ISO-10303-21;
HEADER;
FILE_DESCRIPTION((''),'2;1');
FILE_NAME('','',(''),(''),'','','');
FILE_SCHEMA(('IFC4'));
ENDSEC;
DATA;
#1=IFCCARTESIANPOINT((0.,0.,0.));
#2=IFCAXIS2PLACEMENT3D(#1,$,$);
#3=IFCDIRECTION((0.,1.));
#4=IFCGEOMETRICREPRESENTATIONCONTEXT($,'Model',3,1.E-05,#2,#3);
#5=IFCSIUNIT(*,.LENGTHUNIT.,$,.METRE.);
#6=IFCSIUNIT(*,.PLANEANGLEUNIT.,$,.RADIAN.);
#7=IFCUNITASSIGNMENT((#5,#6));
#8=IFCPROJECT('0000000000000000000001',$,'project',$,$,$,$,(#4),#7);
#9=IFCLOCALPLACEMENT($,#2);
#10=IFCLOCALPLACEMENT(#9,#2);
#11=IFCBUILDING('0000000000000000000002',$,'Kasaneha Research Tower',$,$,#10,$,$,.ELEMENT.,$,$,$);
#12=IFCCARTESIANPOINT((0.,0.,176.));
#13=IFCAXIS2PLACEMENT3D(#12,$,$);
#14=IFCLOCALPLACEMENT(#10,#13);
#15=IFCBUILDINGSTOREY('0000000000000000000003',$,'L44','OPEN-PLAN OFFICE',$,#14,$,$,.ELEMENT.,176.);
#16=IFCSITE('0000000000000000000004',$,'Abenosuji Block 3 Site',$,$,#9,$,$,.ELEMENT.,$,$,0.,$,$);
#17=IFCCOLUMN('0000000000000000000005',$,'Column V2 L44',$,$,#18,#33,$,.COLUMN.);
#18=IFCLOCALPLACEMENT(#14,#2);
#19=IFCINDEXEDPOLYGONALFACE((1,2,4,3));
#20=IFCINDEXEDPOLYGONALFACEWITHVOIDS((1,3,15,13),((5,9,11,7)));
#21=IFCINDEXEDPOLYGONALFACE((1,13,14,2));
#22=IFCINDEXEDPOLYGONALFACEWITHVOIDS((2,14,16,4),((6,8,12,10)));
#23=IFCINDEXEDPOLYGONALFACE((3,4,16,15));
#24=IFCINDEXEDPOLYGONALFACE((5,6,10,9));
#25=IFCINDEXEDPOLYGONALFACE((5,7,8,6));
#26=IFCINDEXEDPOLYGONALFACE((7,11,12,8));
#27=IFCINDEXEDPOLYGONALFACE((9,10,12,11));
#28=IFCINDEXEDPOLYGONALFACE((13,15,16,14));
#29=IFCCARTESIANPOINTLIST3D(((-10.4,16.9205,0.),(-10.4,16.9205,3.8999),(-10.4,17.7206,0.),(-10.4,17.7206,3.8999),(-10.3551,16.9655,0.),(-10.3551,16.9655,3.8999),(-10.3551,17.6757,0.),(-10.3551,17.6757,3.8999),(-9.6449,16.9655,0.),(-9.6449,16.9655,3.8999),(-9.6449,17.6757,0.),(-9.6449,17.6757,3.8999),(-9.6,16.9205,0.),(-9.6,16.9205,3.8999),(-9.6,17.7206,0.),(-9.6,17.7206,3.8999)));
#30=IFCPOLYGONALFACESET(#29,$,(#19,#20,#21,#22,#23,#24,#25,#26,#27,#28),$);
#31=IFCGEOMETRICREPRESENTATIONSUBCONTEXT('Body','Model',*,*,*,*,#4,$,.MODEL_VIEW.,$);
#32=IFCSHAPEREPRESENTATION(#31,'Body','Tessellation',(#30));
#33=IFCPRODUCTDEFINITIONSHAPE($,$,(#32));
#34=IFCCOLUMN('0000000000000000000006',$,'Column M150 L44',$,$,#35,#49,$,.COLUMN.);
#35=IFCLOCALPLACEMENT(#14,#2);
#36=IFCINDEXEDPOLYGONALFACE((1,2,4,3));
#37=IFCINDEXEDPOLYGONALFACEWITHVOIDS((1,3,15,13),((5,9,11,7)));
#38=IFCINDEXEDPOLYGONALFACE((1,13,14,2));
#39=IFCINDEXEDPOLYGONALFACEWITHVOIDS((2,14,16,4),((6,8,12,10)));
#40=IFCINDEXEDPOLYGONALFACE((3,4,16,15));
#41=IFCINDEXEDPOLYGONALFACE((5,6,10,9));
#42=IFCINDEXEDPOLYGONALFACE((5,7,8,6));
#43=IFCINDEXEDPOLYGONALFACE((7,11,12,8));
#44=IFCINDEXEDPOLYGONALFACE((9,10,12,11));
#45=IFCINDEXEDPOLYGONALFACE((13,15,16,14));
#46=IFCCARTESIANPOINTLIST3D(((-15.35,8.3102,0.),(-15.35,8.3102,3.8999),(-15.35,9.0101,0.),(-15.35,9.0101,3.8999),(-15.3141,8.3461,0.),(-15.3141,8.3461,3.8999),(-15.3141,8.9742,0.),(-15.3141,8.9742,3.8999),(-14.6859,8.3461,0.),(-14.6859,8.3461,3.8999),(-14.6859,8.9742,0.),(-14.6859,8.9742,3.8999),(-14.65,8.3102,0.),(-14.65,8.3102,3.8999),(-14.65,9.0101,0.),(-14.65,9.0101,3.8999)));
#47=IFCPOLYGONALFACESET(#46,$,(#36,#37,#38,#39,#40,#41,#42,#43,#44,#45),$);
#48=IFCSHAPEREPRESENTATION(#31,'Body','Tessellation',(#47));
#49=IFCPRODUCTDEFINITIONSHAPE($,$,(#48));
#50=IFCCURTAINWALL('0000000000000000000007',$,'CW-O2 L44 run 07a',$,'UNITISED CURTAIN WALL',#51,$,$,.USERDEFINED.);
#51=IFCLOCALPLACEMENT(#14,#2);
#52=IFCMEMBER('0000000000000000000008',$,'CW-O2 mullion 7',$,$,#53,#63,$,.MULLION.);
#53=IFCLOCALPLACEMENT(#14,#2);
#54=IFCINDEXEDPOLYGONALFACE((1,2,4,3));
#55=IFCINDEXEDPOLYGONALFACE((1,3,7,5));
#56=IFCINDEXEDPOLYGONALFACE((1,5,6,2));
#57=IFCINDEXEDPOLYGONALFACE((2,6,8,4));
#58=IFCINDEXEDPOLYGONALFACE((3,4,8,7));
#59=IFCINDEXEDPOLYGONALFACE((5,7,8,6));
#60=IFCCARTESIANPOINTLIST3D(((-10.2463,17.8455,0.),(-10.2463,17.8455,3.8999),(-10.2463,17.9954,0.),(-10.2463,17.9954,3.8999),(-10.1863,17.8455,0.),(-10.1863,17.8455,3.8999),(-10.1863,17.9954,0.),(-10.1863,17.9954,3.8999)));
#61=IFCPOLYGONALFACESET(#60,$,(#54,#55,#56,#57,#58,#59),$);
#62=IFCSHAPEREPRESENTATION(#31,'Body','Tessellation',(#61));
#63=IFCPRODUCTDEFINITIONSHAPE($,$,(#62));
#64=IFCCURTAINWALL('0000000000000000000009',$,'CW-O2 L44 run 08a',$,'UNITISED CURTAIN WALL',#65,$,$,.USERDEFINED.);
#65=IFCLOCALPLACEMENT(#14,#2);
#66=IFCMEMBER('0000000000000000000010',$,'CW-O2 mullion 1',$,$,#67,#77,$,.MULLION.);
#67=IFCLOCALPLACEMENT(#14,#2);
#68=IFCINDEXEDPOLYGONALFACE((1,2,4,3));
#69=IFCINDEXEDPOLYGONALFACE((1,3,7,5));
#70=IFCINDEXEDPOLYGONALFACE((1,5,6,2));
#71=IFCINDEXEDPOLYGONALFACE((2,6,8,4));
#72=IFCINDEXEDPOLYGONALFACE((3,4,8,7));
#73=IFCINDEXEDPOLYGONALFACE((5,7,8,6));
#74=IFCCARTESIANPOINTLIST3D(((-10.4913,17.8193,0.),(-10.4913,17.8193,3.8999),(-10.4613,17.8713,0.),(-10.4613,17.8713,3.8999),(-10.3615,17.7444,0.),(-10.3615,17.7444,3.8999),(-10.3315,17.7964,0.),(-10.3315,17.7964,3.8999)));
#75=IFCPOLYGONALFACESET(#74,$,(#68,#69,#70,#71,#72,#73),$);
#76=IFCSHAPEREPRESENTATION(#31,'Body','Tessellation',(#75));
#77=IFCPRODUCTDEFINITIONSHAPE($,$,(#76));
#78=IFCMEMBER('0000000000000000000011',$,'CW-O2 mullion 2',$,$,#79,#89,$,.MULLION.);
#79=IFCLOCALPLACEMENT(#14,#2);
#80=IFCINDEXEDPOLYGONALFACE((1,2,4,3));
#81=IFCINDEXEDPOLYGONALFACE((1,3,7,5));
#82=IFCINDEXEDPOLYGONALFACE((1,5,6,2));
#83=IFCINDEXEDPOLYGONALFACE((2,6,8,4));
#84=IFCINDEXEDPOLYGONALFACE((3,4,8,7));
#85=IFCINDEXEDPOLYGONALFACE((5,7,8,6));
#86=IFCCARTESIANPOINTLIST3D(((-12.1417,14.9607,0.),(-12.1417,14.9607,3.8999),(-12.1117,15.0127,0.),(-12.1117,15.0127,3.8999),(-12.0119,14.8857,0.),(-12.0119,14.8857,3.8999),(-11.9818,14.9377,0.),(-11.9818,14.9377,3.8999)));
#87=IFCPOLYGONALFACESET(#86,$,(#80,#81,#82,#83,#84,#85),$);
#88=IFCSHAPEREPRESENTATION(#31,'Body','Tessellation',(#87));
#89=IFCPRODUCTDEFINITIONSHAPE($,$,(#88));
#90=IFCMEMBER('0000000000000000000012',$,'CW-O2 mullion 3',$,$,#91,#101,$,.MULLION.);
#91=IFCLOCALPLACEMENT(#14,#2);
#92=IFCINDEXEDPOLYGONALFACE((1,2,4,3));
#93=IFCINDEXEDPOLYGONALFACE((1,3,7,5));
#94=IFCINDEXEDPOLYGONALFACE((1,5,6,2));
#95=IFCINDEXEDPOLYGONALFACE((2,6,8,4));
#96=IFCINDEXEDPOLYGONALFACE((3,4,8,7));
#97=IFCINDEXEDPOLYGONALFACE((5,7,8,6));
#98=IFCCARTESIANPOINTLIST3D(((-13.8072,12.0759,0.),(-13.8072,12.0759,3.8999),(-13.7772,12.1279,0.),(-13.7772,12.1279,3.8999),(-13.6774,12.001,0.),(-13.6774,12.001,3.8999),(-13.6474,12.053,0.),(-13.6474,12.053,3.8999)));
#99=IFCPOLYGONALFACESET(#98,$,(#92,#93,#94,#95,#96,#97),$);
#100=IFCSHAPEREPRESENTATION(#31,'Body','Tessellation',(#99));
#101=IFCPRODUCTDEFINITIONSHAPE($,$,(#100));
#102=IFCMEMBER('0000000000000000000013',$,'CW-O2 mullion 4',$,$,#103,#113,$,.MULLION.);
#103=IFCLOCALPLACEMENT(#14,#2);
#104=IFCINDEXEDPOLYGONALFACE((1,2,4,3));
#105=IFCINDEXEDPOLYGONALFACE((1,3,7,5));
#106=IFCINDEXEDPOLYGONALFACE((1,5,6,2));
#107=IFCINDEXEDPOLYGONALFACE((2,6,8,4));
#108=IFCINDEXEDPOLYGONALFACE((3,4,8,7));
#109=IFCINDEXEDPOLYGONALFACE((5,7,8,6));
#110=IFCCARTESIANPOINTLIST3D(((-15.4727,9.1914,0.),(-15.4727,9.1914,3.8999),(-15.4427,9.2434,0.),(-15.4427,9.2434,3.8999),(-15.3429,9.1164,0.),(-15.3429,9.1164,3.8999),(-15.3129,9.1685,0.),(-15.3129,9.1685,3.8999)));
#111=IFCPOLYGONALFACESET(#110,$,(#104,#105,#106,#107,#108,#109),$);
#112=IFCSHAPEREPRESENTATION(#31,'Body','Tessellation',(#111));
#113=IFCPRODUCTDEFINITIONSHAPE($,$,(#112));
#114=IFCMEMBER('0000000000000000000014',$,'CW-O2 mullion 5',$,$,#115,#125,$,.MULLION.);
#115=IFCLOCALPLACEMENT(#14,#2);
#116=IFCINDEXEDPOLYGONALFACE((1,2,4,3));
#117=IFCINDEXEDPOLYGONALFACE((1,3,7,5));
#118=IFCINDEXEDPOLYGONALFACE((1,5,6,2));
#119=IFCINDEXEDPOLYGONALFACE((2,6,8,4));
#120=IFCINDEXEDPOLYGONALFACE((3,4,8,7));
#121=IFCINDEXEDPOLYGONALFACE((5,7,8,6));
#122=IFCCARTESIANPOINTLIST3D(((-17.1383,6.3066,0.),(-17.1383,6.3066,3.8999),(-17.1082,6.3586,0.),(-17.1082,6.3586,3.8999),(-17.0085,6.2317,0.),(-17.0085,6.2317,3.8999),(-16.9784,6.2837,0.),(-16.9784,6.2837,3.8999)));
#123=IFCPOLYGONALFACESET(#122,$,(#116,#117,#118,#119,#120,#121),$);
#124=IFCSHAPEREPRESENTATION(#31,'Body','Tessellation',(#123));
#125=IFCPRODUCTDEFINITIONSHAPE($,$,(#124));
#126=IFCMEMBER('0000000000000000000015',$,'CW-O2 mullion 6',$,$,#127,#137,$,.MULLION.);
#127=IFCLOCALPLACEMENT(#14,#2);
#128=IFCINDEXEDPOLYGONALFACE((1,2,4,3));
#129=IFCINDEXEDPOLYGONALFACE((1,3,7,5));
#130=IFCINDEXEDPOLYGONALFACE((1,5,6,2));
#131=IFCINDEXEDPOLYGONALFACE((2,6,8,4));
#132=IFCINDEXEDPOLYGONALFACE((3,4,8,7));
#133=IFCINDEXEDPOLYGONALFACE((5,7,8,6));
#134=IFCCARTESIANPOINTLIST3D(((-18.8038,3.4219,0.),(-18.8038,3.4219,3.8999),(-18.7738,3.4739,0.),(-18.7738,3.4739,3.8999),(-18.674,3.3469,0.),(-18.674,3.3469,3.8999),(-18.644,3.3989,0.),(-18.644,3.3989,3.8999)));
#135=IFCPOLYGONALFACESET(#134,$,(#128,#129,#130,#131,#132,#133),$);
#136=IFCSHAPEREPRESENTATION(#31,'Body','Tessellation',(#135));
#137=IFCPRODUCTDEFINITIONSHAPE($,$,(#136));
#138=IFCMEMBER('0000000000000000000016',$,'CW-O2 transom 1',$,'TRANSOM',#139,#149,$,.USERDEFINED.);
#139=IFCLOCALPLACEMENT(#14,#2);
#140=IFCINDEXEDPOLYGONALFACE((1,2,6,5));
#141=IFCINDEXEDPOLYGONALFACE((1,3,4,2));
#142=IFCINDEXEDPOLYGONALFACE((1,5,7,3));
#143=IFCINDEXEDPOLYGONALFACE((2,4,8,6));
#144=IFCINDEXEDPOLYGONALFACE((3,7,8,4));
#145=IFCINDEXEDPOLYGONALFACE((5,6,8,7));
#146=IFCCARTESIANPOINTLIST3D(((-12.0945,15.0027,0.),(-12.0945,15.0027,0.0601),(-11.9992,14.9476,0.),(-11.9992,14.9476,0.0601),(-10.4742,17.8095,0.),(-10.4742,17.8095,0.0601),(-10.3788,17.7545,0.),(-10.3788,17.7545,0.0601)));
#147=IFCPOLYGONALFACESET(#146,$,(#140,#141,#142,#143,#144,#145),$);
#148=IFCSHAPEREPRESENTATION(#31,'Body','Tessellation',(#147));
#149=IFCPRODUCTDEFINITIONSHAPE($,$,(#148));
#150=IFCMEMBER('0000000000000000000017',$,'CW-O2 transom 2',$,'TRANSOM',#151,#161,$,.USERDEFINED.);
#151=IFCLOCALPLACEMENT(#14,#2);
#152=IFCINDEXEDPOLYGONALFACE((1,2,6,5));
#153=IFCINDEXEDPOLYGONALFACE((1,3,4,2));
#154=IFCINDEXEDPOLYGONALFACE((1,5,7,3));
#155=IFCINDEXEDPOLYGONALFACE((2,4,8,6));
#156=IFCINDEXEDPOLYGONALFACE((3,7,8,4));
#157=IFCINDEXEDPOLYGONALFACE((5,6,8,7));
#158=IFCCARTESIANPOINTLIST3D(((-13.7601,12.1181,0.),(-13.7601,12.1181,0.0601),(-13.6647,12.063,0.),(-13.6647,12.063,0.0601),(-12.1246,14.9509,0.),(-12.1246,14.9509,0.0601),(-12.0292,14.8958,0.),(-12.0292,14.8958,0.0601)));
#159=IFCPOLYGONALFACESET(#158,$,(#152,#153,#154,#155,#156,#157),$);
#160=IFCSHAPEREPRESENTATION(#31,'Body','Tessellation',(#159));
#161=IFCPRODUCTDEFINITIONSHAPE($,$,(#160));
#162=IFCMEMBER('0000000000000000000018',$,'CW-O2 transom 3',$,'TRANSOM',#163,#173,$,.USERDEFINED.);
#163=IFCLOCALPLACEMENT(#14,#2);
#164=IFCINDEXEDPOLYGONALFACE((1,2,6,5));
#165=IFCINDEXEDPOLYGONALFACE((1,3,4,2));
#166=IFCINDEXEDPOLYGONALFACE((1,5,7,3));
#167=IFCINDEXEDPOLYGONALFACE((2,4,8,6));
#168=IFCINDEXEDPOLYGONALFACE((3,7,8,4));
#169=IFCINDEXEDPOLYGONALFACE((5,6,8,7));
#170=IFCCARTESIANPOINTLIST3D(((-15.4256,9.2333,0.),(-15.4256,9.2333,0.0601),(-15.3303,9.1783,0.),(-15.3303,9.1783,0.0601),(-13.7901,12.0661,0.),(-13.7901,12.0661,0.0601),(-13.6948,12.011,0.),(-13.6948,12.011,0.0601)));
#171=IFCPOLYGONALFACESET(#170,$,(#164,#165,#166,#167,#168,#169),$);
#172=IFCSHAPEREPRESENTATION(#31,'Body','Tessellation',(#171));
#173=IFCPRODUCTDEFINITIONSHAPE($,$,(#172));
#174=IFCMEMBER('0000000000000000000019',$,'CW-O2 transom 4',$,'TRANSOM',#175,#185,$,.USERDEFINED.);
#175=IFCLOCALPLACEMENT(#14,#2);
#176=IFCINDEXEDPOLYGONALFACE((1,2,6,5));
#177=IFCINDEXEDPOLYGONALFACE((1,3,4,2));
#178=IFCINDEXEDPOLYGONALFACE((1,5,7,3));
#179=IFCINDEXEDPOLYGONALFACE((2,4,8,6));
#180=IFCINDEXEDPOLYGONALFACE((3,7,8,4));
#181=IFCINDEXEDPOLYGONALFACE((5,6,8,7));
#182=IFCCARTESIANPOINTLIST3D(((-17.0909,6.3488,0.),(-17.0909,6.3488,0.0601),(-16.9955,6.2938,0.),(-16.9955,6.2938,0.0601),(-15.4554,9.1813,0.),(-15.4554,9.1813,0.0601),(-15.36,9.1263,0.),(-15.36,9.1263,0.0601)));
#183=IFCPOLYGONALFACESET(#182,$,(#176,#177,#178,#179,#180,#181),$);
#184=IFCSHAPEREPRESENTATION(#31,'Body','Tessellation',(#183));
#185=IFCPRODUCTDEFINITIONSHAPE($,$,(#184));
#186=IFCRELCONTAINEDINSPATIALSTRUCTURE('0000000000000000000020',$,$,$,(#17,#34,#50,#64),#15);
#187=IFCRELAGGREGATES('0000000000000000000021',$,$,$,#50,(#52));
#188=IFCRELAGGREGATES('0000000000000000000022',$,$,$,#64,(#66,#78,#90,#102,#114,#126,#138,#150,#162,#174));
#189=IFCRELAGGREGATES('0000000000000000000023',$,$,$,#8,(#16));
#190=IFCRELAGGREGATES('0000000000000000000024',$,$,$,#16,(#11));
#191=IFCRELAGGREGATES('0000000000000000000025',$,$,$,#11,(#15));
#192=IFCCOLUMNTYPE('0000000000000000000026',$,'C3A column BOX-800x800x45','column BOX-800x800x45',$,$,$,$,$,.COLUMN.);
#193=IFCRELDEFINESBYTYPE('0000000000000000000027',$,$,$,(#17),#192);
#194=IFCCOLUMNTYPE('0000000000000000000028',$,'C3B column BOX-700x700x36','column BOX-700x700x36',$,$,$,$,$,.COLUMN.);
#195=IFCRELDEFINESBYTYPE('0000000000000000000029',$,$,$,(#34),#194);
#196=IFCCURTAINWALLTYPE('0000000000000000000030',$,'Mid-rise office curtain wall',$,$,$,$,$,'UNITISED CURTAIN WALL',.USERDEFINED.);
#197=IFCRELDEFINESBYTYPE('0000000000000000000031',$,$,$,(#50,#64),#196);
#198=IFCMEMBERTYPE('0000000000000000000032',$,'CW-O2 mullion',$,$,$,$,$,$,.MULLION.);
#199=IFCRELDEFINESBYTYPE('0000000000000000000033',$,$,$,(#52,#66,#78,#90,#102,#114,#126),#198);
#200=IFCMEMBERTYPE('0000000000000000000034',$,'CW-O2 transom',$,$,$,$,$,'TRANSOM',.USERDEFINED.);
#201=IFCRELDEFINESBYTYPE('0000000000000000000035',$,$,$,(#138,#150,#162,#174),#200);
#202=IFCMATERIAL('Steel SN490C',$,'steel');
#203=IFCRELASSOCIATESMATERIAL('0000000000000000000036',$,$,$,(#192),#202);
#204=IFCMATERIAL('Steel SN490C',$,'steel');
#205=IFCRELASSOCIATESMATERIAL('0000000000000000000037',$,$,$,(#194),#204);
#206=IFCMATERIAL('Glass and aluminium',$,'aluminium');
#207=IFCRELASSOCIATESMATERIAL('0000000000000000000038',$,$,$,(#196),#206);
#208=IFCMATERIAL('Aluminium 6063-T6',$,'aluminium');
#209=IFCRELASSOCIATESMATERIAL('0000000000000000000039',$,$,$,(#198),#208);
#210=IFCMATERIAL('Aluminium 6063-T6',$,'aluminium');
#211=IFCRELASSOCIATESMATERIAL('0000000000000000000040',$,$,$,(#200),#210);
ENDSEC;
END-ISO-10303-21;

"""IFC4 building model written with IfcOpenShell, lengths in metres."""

from ifc_helpers import new_model, si_unit, direction, frame, origin, origin_2d, place, context, subcontext, project, spatial, rectangle, hollow_rectangle, extrude, material, material_profile, profile_set, type_object, element, aggregate, save


model = new_model("IFC4")

# Units and contexts
model_context = context("Model", 3, precision=1e-05, world=origin(), true_north=direction((0.0, 1.0)))
body_context = subcontext(model_context, "Body", "Model", "MODEL_VIEW")
ifc_project = project(units=[si_unit("LENGTHUNIT", "METRE"), si_unit("PLANEANGLEUNIT", "RADIAN")], contexts=[model_context])

# Site, building, storey
site_placement = place(None, origin())
site = spatial("IfcSite", under=ifc_project, at=site_placement, Name="Abenosuji Block 3 Site", CompositionType="ELEMENT", RefElevation=0.0)
building_placement = place(site_placement, origin())
building = spatial("IfcBuilding", under=site, at=building_placement, Name="Kasaneha Research Tower", CompositionType="ELEMENT")
storey_placement = place(building_placement, frame((0.0, 0.0, 176.0)))
storey = spatial("IfcBuildingStorey", under=building, at=storey_placement, Name="L44", Description="OPEN-PLAN OFFICE", CompositionType="ELEMENT", Elevation=176.0)

# Columns
ifc_material_1 = material(Name="Steel SN490C", Category="steel")
ifc_material_profile_1 = material_profile(ifc_material_1, hollow_rectangle(XDim=0.8, YDim=0.8, WallThickness=0.0449, at=origin_2d()), Name="BOX-800x800x45")
ifc_profile_set_1 = profile_set([ifc_material_profile_1], Name="Steel SN490C")
column_type_1 = type_object("IfcColumnType", Name="C3A column BOX-800x800x45", Description="column BOX-800x800x45", PredefinedType="COLUMN", material=ifc_profile_set_1)
column_1_placement = place(storey_placement, frame((-10.0, 17.3206, 0.0), z_axis=(0.0, 0.0, 1.0), x_axis=(1.0, 0.0, 0.0)))
element("IfcColumn", 1, at=column_1_placement, inside=storey, type_object=column_type_1, Name="Column V2 L44", PredefinedType="COLUMN", context=body_context, shape_type="SweptSolid", body=[
    extrude(hollow_rectangle(XDim=0.8, YDim=0.8, WallThickness=0.0449, at=origin_2d()), origin(), (0.0, 0.0, 1.0), 3.8999),
])
ifc_material_2 = material(Name="Steel SN490C", Category="steel")
ifc_material_profile_2 = material_profile(ifc_material_2, hollow_rectangle(XDim=0.7, YDim=0.7, WallThickness=0.0359, at=origin_2d()), Name="BOX-700x700x36")
ifc_profile_set_2 = profile_set([ifc_material_profile_2], Name="Steel SN490C")
column_type_2 = type_object("IfcColumnType", Name="C3B column BOX-700x700x36", Description="column BOX-700x700x36", PredefinedType="COLUMN", material=ifc_profile_set_2)
column_2_placement = place(storey_placement, frame((-15.0, 8.6602, 0.0), z_axis=(0.0, 0.0, 1.0), x_axis=(1.0, 0.0, 0.0)))
element("IfcColumn", 2, at=column_2_placement, inside=storey, type_object=column_type_2, Name="Column M150 L44", PredefinedType="COLUMN", context=body_context, shape_type="SweptSolid", body=[
    extrude(hollow_rectangle(XDim=0.7, YDim=0.7, WallThickness=0.0359, at=origin_2d()), origin(), (0.0, 0.0, 1.0), 3.8999),
])

# Curtain wall, member
ifc_material_3 = material(Name="Glass and aluminium", Category="aluminium")
curtain_wall_type = type_object("IfcCurtainWallType", Name="Mid-rise office curtain wall", ElementType="UNITISED CURTAIN WALL", PredefinedType="USERDEFINED", material=ifc_material_3)
curtain_wall_1_placement = place(storey_placement, origin())
curtain_wall_1 = element("IfcCurtainWall", 3, at=curtain_wall_1_placement, inside=storey, type_object=curtain_wall_type, Name="CW-O2 L44 run 07a", ObjectType="UNITISED CURTAIN WALL", PredefinedType="USERDEFINED")
ifc_material_4 = material(Name="Aluminium 6063-T6", Category="aluminium")
ifc_material_profile_3 = material_profile(ifc_material_4, rectangle(XDim=0.0601, YDim=0.1499, at=origin_2d()), Name="CW-O2 mullion 60x150")
ifc_profile_set_3 = profile_set([ifc_material_profile_3], Name="Aluminium 6063-T6")
member_type_1 = type_object("IfcMemberType", Name="CW-O2 mullion", PredefinedType="MULLION", material=ifc_profile_set_3)
member_1_placement = place(storey_placement, frame((-10.2163, 17.9204, 0.0), z_axis=(0.0, 0.0, 1.0), x_axis=(-1.0, 0.0, 0.0)))
member_1 = element("IfcMember", 4, at=member_1_placement, type_object=member_type_1, Name="CW-O2 mullion 7", PredefinedType="MULLION", context=body_context, shape_type="SweptSolid", body=[
    extrude(rectangle(XDim=0.0601, YDim=0.1499, at=origin_2d()), origin(), (0.0, 0.0, 1.0), 3.8999),
])
aggregate(curtain_wall_1, [member_1])

# Curtain wall, members
curtain_wall_2_placement = place(storey_placement, origin())
curtain_wall_2 = element("IfcCurtainWall", 5, at=curtain_wall_2_placement, inside=storey, type_object=curtain_wall_type, Name="CW-O2 L44 run 08a", ObjectType="UNITISED CURTAIN WALL", PredefinedType="USERDEFINED")
member_2_placement = place(storey_placement, frame((-10.4114, 17.8079, 0.0), z_axis=(0.0, 0.0, 1.0), x_axis=(-0.5, -0.866025, 0.0)))
member_2 = element("IfcMember", 6, at=member_2_placement, type_object=member_type_1, Name="CW-O2 mullion 1", PredefinedType="MULLION", context=body_context, shape_type="SweptSolid", body=[
    extrude(rectangle(XDim=0.0601, YDim=0.1499, at=origin_2d()), origin(), (0.0, 0.0, 1.0), 3.8999),
])
member_3_placement = place(storey_placement, frame((-12.0618, 14.9492, 0.0), z_axis=(0.0, 0.0, 1.0), x_axis=(-0.5, -0.866025, 0.0)))
member_3 = element("IfcMember", 7, at=member_3_placement, type_object=member_type_1, Name="CW-O2 mullion 2", PredefinedType="MULLION", context=body_context, shape_type="SweptSolid", body=[
    extrude(rectangle(XDim=0.0601, YDim=0.1499, at=origin_2d()), origin(), (0.0, 0.0, 1.0), 3.8999),
])
member_4_placement = place(storey_placement, frame((-13.7273, 12.0645, 0.0), z_axis=(0.0, 0.0, 1.0), x_axis=(-0.5, -0.866025, 0.0)))
member_4 = element("IfcMember", 8, at=member_4_placement, type_object=member_type_1, Name="CW-O2 mullion 3", PredefinedType="MULLION", context=body_context, shape_type="SweptSolid", body=[
    extrude(rectangle(XDim=0.0601, YDim=0.1499, at=origin_2d()), origin(), (0.0, 0.0, 1.0), 3.8999),
])
member_5_placement = place(storey_placement, frame((-15.3928, 9.1799, 0.0), z_axis=(0.0, 0.0, 1.0), x_axis=(-0.5, -0.866025, 0.0)))
member_5 = element("IfcMember", 9, at=member_5_placement, type_object=member_type_1, Name="CW-O2 mullion 4", PredefinedType="MULLION", context=body_context, shape_type="SweptSolid", body=[
    extrude(rectangle(XDim=0.0601, YDim=0.1499, at=origin_2d()), origin(), (0.0, 0.0, 1.0), 3.8999),
])
member_6_placement = place(storey_placement, frame((-17.0583, 6.2952, 0.0), z_axis=(0.0, 0.0, 1.0), x_axis=(-0.5, -0.866025, 0.0)))
member_6 = element("IfcMember", 10, at=member_6_placement, type_object=member_type_1, Name="CW-O2 mullion 5", PredefinedType="MULLION", context=body_context, shape_type="SweptSolid", body=[
    extrude(rectangle(XDim=0.0601, YDim=0.1499, at=origin_2d()), origin(), (0.0, 0.0, 1.0), 3.8999),
])
member_7_placement = place(storey_placement, frame((-18.7239, 3.4104, 0.0), z_axis=(0.0, 0.0, 1.0), x_axis=(-0.5, -0.866025, 0.0)))
member_7 = element("IfcMember", 11, at=member_7_placement, type_object=member_type_1, Name="CW-O2 mullion 6", PredefinedType="MULLION", context=body_context, shape_type="SweptSolid", body=[
    extrude(rectangle(XDim=0.0601, YDim=0.1499, at=origin_2d()), origin(), (0.0, 0.0, 1.0), 3.8999),
])
ifc_material_5 = material(Name="Aluminium 6063-T6", Category="aluminium")
ifc_material_profile_4 = material_profile(ifc_material_5, rectangle(XDim=0.1101, YDim=0.0601, at=origin_2d()), Name="CW-O2 transom 110x60")
ifc_profile_set_4 = profile_set([ifc_material_profile_4], Name="Aluminium 6063-T6")
member_type_2 = type_object("IfcMemberType", Name="CW-O2 transom", ElementType="TRANSOM", PredefinedType="USERDEFINED", material=ifc_profile_set_4)
member_8_placement = place(storey_placement, frame((-10.4265, 17.782, 0.03), z_axis=(-0.499955, -0.866051, 0.0), x_axis=(0.866051, -0.499955, 0.0)))
member_8 = element("IfcMember", 12, at=member_8_placement, type_object=member_type_2, Name="CW-O2 transom 1", ObjectType="TRANSOM", PredefinedType="USERDEFINED", context=body_context, shape_type="SweptSolid", body=[
    extrude(rectangle(XDim=0.1101, YDim=0.0601, at=origin_2d()), origin(), (0.0, 0.0, 1.0), 3.241),
])
member_9_placement = place(storey_placement, frame((-12.0769, 14.9233, 0.03), z_axis=(-0.5, -0.866025, 0.0), x_axis=(0.866025, -0.5, 0.0)))
member_9 = element("IfcMember", 13, at=member_9_placement, type_object=member_type_2, Name="CW-O2 transom 2", ObjectType="TRANSOM", PredefinedType="USERDEFINED", context=body_context, shape_type="SweptSolid", body=[
    extrude(rectangle(XDim=0.1101, YDim=0.0601, at=origin_2d()), origin(), (0.0, 0.0, 1.0), 3.271),
])
member_10_placement = place(storey_placement, frame((-13.7424, 12.0386, 0.03), z_axis=(-0.5, -0.866025, 0.0), x_axis=(0.866025, -0.5, 0.0)))
member_10 = element("IfcMember", 14, at=member_10_placement, type_object=member_type_2, Name="CW-O2 transom 3", ObjectType="TRANSOM", PredefinedType="USERDEFINED", context=body_context, shape_type="SweptSolid", body=[
    extrude(rectangle(XDim=0.1101, YDim=0.0601, at=origin_2d()), origin(), (0.0, 0.0, 1.0), 3.271),
])
member_11_placement = place(storey_placement, frame((-15.4077, 9.1538, 0.03), z_axis=(-0.500033, -0.866007, 0.0), x_axis=(0.866007, -0.500033, 0.0)))
member_11 = element("IfcMember", 15, at=member_11_placement, type_object=member_type_2, Name="CW-O2 transom 4", ObjectType="TRANSOM", PredefinedType="USERDEFINED", context=body_context, shape_type="SweptSolid", body=[
    extrude(rectangle(XDim=0.1101, YDim=0.0601, at=origin_2d()), origin(), (0.0, 0.0, 1.0), 3.2708),
])

aggregate(curtain_wall_2, [member_2, member_3, member_4, member_5, member_6, member_7, member_8, member_9, member_10, member_11])

save(model, "model.ifc")
